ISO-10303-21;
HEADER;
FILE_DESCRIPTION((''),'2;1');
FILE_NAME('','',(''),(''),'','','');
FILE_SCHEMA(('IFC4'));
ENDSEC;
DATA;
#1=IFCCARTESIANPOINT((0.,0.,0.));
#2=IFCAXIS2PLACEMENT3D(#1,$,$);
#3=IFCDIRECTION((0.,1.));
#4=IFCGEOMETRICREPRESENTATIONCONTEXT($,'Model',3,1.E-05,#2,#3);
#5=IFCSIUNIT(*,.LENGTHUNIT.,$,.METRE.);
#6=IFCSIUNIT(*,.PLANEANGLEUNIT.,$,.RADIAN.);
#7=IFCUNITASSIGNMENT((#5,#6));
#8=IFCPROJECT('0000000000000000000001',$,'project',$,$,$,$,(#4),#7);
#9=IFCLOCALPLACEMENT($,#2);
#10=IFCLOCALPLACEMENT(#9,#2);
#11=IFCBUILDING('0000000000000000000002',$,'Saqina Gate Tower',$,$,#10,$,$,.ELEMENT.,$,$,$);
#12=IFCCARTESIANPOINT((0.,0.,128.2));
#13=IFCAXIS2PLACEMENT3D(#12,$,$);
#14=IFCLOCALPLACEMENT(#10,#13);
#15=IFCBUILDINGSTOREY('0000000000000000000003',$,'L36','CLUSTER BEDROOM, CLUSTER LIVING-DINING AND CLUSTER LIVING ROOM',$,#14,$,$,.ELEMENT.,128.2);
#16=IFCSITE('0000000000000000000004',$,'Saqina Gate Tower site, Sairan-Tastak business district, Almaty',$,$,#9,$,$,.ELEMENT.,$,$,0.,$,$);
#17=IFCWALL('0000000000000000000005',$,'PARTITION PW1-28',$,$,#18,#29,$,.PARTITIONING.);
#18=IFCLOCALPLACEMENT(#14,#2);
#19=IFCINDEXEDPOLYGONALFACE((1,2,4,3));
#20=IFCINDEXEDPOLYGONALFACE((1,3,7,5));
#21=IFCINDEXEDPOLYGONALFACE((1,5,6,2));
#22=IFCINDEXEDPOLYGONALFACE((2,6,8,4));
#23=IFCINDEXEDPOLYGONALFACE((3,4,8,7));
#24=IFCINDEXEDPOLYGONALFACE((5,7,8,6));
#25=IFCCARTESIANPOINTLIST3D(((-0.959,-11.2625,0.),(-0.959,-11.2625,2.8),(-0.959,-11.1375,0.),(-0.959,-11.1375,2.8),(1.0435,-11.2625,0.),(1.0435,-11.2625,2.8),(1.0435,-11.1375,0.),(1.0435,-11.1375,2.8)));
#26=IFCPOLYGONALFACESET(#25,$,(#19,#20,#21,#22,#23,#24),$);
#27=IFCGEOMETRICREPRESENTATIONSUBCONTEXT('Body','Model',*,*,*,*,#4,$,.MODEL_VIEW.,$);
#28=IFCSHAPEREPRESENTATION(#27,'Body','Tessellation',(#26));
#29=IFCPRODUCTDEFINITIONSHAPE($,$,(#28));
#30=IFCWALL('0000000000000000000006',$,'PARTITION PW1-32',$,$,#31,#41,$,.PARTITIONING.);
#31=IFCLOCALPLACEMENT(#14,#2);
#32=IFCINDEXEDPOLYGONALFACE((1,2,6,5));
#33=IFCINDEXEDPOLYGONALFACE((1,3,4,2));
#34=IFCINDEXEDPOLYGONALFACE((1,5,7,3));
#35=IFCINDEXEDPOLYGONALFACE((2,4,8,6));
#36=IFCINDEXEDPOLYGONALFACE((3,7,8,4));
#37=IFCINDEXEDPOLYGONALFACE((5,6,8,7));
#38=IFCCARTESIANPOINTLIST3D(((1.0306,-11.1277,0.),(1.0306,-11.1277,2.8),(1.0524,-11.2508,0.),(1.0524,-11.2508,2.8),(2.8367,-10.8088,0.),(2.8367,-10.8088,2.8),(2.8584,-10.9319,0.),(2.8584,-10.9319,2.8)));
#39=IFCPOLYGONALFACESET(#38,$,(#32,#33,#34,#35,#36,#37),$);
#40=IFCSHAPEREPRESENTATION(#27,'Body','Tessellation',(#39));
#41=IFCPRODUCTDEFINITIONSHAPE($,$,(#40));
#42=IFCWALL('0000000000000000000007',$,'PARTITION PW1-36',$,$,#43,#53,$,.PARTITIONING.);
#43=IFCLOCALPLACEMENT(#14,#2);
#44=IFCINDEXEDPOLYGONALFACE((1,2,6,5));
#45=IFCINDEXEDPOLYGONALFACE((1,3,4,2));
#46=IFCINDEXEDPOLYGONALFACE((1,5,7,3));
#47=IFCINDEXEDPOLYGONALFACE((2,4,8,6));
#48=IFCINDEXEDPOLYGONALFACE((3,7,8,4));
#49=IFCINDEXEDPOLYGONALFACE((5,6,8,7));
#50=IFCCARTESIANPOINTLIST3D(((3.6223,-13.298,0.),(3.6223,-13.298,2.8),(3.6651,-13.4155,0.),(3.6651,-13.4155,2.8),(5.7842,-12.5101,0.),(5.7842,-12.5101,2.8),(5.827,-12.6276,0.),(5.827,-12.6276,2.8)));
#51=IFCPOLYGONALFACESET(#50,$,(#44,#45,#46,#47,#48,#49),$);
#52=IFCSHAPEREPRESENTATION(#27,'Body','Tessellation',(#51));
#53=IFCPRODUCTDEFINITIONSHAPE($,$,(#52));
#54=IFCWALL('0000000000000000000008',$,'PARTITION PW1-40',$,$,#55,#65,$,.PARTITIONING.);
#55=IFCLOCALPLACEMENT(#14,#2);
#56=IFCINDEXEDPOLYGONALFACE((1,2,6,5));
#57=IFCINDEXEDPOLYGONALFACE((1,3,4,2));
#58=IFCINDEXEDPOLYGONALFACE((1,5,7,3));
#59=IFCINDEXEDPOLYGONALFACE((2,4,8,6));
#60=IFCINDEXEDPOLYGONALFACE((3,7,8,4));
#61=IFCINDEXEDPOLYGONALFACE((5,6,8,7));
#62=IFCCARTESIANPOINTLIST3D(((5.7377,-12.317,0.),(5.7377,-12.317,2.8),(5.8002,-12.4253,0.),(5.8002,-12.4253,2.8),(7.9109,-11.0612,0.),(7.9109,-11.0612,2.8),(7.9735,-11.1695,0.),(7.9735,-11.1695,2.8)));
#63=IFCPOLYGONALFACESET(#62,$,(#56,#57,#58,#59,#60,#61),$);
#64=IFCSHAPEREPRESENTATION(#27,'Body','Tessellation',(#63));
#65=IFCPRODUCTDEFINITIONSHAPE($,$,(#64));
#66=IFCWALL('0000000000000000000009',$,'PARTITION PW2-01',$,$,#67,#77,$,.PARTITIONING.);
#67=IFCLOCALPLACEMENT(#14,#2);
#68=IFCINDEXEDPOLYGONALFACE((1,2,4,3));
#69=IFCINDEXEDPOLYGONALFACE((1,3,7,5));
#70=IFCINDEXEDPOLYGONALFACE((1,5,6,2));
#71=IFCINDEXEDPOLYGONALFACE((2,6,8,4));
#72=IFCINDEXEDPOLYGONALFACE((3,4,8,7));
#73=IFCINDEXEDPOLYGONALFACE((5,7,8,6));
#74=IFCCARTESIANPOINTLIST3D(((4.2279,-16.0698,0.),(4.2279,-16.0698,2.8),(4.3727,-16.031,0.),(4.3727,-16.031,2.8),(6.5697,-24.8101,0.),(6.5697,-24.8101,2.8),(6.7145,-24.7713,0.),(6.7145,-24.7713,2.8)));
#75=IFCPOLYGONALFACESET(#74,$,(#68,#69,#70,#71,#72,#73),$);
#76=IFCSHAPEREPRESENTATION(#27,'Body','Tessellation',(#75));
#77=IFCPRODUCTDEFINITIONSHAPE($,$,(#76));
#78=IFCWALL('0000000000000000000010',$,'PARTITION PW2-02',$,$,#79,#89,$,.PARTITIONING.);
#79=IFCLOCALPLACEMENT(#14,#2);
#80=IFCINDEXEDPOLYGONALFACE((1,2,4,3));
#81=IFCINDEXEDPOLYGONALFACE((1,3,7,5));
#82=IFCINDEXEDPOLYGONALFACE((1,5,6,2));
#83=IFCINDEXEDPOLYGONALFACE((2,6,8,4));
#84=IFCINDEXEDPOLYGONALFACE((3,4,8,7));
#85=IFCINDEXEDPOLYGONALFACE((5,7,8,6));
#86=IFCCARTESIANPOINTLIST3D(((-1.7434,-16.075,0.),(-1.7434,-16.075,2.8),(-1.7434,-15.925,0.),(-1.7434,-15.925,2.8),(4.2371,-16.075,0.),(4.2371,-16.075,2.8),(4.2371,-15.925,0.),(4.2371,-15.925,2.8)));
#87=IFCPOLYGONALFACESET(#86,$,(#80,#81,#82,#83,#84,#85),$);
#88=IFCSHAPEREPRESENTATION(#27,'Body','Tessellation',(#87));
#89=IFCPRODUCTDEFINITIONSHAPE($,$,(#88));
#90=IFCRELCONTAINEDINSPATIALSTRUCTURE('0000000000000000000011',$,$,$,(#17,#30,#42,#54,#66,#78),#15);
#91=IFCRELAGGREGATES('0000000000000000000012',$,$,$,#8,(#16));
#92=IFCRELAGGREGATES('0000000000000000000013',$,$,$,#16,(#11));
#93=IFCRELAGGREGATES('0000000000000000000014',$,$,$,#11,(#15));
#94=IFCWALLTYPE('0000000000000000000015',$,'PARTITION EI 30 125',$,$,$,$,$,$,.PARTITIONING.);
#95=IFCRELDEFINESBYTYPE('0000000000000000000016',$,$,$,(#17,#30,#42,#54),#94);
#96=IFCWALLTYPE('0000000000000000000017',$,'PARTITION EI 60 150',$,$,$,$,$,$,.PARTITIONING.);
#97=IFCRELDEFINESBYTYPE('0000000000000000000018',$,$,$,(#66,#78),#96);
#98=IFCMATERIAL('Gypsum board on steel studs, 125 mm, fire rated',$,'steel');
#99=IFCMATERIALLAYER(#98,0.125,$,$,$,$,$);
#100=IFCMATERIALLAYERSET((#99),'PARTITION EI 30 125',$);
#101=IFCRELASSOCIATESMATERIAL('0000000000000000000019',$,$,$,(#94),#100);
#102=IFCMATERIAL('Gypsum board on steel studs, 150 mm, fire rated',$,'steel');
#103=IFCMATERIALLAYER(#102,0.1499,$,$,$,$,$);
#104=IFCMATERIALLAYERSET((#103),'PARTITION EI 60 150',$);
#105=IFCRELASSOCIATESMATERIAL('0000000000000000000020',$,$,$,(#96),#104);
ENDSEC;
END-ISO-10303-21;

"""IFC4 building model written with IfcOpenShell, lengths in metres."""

from ifc_helpers import new_model, si_unit, direction, frame, frame_2d, origin, place, context, subcontext, project, spatial, rectangle, extrude, material, layer, layer_set, type_object, element, save


model = new_model("IFC4")

# Units and contexts
model_context = context("Model", 3, precision=1e-05, world=origin(), true_north=direction((0.0, 1.0)))
body_context = subcontext(model_context, "Body", "Model", "MODEL_VIEW")
ifc_project = project(units=[si_unit("LENGTHUNIT", "METRE"), si_unit("PLANEANGLEUNIT", "RADIAN")], contexts=[model_context])

# Site, building, storey
site_placement = place(None, origin())
site = spatial("IfcSite", under=ifc_project, at=site_placement, Name="Saqina Gate Tower site, Sairan-Tastak business district, Almaty", CompositionType="ELEMENT", RefElevation=0.0)
building_placement = place(site_placement, origin())
building = spatial("IfcBuilding", under=site, at=building_placement, Name="Saqina Gate Tower", CompositionType="ELEMENT")
storey_placement = place(building_placement, frame((0.0, 0.0, 128.2)))
storey = spatial("IfcBuildingStorey", under=building, at=storey_placement, Name="L36", Description="CLUSTER BEDROOM, CLUSTER LIVING-DINING AND CLUSTER LIVING ROOM", CompositionType="ELEMENT", Elevation=128.2)

# Walls
ifc_material_1 = material(Name="Gypsum board on steel studs, 125 mm, fire rated", Category="steel")
ifc_layer_1 = layer(ifc_material_1, 0.125)
ifc_layer_set_1 = layer_set([ifc_layer_1], Name="PARTITION EI 30 125")
wall_type_1 = type_object("IfcWallType", Name="PARTITION EI 30 125", PredefinedType="PARTITIONING", material=ifc_layer_set_1)
wall_1_placement = place(storey_placement, frame((-0.959, -11.2, 0.0), z_axis=(0.0, 0.0, 1.0), x_axis=(1.0, 0.0, 0.0)))
element("IfcWall", 1, at=wall_1_placement, inside=storey, type_object=wall_type_1, Name="PARTITION PW1-28", PredefinedType="PARTITIONING", context=body_context, shape_type="SweptSolid", body=[
    extrude(rectangle(XDim=2.0024, YDim=0.125, at=frame_2d((1.0012, 0.0))), origin(), (0.0, 0.0, 1.0), 2.8),
])
wall_2_placement = place(storey_placement, frame((1.0415, -11.1892, 0.0), z_axis=(0.0, 0.0, 1.0), x_axis=(0.984773, 0.173846, 0.0)))
element("IfcWall", 2, at=wall_2_placement, inside=storey, type_object=wall_type_1, Name="PARTITION PW1-32", PredefinedType="PARTITIONING", context=body_context, shape_type="SweptSolid", body=[
    extrude(rectangle(XDim=1.834, YDim=0.125, at=frame_2d((0.917, 0.0))), origin(), (0.0, 0.0, 1.0), 2.8),
])
wall_3_placement = place(storey_placement, frame((3.6438, -13.3567, 0.0), z_axis=(0.0, 0.0, 1.0), x_axis=(0.939555, 0.342399, 0.0)))
element("IfcWall", 3, at=wall_3_placement, inside=storey, type_object=wall_type_1, Name="PARTITION PW1-36", PredefinedType="PARTITIONING", context=body_context, shape_type="SweptSolid", body=[
    extrude(rectangle(XDim=2.301, YDim=0.125, at=frame_2d((1.1504, 0.0))), origin(), (0.0, 0.0, 1.0), 2.8),
])
wall_4_placement = place(storey_placement, frame((5.769, -12.3711, 0.0), z_axis=(0.0, 0.0, 1.0), x_axis=(0.865839, 0.500323, 0.0)))
element("IfcWall", 4, at=wall_4_placement, inside=storey, type_object=wall_type_1, Name="PARTITION PW1-40", PredefinedType="PARTITIONING", context=body_context, shape_type="SweptSolid", body=[
    extrude(rectangle(XDim=2.51, YDim=0.125, at=frame_2d((1.2549, 0.0))), origin(), (0.0, 0.0, 1.0), 2.8),
])
ifc_material_2 = material(Name="Gypsum board on steel studs, 150 mm, fire rated", Category="steel")
ifc_layer_2 = layer(ifc_material_2, 0.1499)
ifc_layer_set_2 = layer_set([ifc_layer_2], Name="PARTITION EI 60 150")
wall_type_2 = type_object("IfcWallType", Name="PARTITION EI 60 150", PredefinedType="PARTITIONING", material=ifc_layer_set_2)
wall_5_placement = place(storey_placement, frame((4.3003, -16.0503, 0.0), z_axis=(0.0, 0.0, 1.0), x_axis=(0.258804, -0.96593, 0.0)))
element("IfcWall", 5, at=wall_5_placement, inside=storey, type_object=wall_type_2, Name="PARTITION PW2-01", PredefinedType="PARTITIONING", context=body_context, shape_type="SweptSolid", body=[
    extrude(rectangle(XDim=9.0486, YDim=0.1499, at=frame_2d((4.5244, 0.0))), origin(), (0.0, 0.0, 1.0), 2.8),
])
wall_6_placement = place(storey_placement, frame((-1.7434, -16.0, 0.0), z_axis=(0.0, 0.0, 1.0), x_axis=(1.0, 0.0, 0.0)))
element("IfcWall", 6, at=wall_6_placement, inside=storey, type_object=wall_type_2, Name="PARTITION PW2-02", PredefinedType="PARTITIONING", context=body_context, shape_type="SweptSolid", body=[
    extrude(rectangle(XDim=5.9805, YDim=0.1499, at=frame_2d((2.9902, 0.0))), origin(), (0.0, 0.0, 1.0), 2.8),
])

save(model, "model.ifc")
